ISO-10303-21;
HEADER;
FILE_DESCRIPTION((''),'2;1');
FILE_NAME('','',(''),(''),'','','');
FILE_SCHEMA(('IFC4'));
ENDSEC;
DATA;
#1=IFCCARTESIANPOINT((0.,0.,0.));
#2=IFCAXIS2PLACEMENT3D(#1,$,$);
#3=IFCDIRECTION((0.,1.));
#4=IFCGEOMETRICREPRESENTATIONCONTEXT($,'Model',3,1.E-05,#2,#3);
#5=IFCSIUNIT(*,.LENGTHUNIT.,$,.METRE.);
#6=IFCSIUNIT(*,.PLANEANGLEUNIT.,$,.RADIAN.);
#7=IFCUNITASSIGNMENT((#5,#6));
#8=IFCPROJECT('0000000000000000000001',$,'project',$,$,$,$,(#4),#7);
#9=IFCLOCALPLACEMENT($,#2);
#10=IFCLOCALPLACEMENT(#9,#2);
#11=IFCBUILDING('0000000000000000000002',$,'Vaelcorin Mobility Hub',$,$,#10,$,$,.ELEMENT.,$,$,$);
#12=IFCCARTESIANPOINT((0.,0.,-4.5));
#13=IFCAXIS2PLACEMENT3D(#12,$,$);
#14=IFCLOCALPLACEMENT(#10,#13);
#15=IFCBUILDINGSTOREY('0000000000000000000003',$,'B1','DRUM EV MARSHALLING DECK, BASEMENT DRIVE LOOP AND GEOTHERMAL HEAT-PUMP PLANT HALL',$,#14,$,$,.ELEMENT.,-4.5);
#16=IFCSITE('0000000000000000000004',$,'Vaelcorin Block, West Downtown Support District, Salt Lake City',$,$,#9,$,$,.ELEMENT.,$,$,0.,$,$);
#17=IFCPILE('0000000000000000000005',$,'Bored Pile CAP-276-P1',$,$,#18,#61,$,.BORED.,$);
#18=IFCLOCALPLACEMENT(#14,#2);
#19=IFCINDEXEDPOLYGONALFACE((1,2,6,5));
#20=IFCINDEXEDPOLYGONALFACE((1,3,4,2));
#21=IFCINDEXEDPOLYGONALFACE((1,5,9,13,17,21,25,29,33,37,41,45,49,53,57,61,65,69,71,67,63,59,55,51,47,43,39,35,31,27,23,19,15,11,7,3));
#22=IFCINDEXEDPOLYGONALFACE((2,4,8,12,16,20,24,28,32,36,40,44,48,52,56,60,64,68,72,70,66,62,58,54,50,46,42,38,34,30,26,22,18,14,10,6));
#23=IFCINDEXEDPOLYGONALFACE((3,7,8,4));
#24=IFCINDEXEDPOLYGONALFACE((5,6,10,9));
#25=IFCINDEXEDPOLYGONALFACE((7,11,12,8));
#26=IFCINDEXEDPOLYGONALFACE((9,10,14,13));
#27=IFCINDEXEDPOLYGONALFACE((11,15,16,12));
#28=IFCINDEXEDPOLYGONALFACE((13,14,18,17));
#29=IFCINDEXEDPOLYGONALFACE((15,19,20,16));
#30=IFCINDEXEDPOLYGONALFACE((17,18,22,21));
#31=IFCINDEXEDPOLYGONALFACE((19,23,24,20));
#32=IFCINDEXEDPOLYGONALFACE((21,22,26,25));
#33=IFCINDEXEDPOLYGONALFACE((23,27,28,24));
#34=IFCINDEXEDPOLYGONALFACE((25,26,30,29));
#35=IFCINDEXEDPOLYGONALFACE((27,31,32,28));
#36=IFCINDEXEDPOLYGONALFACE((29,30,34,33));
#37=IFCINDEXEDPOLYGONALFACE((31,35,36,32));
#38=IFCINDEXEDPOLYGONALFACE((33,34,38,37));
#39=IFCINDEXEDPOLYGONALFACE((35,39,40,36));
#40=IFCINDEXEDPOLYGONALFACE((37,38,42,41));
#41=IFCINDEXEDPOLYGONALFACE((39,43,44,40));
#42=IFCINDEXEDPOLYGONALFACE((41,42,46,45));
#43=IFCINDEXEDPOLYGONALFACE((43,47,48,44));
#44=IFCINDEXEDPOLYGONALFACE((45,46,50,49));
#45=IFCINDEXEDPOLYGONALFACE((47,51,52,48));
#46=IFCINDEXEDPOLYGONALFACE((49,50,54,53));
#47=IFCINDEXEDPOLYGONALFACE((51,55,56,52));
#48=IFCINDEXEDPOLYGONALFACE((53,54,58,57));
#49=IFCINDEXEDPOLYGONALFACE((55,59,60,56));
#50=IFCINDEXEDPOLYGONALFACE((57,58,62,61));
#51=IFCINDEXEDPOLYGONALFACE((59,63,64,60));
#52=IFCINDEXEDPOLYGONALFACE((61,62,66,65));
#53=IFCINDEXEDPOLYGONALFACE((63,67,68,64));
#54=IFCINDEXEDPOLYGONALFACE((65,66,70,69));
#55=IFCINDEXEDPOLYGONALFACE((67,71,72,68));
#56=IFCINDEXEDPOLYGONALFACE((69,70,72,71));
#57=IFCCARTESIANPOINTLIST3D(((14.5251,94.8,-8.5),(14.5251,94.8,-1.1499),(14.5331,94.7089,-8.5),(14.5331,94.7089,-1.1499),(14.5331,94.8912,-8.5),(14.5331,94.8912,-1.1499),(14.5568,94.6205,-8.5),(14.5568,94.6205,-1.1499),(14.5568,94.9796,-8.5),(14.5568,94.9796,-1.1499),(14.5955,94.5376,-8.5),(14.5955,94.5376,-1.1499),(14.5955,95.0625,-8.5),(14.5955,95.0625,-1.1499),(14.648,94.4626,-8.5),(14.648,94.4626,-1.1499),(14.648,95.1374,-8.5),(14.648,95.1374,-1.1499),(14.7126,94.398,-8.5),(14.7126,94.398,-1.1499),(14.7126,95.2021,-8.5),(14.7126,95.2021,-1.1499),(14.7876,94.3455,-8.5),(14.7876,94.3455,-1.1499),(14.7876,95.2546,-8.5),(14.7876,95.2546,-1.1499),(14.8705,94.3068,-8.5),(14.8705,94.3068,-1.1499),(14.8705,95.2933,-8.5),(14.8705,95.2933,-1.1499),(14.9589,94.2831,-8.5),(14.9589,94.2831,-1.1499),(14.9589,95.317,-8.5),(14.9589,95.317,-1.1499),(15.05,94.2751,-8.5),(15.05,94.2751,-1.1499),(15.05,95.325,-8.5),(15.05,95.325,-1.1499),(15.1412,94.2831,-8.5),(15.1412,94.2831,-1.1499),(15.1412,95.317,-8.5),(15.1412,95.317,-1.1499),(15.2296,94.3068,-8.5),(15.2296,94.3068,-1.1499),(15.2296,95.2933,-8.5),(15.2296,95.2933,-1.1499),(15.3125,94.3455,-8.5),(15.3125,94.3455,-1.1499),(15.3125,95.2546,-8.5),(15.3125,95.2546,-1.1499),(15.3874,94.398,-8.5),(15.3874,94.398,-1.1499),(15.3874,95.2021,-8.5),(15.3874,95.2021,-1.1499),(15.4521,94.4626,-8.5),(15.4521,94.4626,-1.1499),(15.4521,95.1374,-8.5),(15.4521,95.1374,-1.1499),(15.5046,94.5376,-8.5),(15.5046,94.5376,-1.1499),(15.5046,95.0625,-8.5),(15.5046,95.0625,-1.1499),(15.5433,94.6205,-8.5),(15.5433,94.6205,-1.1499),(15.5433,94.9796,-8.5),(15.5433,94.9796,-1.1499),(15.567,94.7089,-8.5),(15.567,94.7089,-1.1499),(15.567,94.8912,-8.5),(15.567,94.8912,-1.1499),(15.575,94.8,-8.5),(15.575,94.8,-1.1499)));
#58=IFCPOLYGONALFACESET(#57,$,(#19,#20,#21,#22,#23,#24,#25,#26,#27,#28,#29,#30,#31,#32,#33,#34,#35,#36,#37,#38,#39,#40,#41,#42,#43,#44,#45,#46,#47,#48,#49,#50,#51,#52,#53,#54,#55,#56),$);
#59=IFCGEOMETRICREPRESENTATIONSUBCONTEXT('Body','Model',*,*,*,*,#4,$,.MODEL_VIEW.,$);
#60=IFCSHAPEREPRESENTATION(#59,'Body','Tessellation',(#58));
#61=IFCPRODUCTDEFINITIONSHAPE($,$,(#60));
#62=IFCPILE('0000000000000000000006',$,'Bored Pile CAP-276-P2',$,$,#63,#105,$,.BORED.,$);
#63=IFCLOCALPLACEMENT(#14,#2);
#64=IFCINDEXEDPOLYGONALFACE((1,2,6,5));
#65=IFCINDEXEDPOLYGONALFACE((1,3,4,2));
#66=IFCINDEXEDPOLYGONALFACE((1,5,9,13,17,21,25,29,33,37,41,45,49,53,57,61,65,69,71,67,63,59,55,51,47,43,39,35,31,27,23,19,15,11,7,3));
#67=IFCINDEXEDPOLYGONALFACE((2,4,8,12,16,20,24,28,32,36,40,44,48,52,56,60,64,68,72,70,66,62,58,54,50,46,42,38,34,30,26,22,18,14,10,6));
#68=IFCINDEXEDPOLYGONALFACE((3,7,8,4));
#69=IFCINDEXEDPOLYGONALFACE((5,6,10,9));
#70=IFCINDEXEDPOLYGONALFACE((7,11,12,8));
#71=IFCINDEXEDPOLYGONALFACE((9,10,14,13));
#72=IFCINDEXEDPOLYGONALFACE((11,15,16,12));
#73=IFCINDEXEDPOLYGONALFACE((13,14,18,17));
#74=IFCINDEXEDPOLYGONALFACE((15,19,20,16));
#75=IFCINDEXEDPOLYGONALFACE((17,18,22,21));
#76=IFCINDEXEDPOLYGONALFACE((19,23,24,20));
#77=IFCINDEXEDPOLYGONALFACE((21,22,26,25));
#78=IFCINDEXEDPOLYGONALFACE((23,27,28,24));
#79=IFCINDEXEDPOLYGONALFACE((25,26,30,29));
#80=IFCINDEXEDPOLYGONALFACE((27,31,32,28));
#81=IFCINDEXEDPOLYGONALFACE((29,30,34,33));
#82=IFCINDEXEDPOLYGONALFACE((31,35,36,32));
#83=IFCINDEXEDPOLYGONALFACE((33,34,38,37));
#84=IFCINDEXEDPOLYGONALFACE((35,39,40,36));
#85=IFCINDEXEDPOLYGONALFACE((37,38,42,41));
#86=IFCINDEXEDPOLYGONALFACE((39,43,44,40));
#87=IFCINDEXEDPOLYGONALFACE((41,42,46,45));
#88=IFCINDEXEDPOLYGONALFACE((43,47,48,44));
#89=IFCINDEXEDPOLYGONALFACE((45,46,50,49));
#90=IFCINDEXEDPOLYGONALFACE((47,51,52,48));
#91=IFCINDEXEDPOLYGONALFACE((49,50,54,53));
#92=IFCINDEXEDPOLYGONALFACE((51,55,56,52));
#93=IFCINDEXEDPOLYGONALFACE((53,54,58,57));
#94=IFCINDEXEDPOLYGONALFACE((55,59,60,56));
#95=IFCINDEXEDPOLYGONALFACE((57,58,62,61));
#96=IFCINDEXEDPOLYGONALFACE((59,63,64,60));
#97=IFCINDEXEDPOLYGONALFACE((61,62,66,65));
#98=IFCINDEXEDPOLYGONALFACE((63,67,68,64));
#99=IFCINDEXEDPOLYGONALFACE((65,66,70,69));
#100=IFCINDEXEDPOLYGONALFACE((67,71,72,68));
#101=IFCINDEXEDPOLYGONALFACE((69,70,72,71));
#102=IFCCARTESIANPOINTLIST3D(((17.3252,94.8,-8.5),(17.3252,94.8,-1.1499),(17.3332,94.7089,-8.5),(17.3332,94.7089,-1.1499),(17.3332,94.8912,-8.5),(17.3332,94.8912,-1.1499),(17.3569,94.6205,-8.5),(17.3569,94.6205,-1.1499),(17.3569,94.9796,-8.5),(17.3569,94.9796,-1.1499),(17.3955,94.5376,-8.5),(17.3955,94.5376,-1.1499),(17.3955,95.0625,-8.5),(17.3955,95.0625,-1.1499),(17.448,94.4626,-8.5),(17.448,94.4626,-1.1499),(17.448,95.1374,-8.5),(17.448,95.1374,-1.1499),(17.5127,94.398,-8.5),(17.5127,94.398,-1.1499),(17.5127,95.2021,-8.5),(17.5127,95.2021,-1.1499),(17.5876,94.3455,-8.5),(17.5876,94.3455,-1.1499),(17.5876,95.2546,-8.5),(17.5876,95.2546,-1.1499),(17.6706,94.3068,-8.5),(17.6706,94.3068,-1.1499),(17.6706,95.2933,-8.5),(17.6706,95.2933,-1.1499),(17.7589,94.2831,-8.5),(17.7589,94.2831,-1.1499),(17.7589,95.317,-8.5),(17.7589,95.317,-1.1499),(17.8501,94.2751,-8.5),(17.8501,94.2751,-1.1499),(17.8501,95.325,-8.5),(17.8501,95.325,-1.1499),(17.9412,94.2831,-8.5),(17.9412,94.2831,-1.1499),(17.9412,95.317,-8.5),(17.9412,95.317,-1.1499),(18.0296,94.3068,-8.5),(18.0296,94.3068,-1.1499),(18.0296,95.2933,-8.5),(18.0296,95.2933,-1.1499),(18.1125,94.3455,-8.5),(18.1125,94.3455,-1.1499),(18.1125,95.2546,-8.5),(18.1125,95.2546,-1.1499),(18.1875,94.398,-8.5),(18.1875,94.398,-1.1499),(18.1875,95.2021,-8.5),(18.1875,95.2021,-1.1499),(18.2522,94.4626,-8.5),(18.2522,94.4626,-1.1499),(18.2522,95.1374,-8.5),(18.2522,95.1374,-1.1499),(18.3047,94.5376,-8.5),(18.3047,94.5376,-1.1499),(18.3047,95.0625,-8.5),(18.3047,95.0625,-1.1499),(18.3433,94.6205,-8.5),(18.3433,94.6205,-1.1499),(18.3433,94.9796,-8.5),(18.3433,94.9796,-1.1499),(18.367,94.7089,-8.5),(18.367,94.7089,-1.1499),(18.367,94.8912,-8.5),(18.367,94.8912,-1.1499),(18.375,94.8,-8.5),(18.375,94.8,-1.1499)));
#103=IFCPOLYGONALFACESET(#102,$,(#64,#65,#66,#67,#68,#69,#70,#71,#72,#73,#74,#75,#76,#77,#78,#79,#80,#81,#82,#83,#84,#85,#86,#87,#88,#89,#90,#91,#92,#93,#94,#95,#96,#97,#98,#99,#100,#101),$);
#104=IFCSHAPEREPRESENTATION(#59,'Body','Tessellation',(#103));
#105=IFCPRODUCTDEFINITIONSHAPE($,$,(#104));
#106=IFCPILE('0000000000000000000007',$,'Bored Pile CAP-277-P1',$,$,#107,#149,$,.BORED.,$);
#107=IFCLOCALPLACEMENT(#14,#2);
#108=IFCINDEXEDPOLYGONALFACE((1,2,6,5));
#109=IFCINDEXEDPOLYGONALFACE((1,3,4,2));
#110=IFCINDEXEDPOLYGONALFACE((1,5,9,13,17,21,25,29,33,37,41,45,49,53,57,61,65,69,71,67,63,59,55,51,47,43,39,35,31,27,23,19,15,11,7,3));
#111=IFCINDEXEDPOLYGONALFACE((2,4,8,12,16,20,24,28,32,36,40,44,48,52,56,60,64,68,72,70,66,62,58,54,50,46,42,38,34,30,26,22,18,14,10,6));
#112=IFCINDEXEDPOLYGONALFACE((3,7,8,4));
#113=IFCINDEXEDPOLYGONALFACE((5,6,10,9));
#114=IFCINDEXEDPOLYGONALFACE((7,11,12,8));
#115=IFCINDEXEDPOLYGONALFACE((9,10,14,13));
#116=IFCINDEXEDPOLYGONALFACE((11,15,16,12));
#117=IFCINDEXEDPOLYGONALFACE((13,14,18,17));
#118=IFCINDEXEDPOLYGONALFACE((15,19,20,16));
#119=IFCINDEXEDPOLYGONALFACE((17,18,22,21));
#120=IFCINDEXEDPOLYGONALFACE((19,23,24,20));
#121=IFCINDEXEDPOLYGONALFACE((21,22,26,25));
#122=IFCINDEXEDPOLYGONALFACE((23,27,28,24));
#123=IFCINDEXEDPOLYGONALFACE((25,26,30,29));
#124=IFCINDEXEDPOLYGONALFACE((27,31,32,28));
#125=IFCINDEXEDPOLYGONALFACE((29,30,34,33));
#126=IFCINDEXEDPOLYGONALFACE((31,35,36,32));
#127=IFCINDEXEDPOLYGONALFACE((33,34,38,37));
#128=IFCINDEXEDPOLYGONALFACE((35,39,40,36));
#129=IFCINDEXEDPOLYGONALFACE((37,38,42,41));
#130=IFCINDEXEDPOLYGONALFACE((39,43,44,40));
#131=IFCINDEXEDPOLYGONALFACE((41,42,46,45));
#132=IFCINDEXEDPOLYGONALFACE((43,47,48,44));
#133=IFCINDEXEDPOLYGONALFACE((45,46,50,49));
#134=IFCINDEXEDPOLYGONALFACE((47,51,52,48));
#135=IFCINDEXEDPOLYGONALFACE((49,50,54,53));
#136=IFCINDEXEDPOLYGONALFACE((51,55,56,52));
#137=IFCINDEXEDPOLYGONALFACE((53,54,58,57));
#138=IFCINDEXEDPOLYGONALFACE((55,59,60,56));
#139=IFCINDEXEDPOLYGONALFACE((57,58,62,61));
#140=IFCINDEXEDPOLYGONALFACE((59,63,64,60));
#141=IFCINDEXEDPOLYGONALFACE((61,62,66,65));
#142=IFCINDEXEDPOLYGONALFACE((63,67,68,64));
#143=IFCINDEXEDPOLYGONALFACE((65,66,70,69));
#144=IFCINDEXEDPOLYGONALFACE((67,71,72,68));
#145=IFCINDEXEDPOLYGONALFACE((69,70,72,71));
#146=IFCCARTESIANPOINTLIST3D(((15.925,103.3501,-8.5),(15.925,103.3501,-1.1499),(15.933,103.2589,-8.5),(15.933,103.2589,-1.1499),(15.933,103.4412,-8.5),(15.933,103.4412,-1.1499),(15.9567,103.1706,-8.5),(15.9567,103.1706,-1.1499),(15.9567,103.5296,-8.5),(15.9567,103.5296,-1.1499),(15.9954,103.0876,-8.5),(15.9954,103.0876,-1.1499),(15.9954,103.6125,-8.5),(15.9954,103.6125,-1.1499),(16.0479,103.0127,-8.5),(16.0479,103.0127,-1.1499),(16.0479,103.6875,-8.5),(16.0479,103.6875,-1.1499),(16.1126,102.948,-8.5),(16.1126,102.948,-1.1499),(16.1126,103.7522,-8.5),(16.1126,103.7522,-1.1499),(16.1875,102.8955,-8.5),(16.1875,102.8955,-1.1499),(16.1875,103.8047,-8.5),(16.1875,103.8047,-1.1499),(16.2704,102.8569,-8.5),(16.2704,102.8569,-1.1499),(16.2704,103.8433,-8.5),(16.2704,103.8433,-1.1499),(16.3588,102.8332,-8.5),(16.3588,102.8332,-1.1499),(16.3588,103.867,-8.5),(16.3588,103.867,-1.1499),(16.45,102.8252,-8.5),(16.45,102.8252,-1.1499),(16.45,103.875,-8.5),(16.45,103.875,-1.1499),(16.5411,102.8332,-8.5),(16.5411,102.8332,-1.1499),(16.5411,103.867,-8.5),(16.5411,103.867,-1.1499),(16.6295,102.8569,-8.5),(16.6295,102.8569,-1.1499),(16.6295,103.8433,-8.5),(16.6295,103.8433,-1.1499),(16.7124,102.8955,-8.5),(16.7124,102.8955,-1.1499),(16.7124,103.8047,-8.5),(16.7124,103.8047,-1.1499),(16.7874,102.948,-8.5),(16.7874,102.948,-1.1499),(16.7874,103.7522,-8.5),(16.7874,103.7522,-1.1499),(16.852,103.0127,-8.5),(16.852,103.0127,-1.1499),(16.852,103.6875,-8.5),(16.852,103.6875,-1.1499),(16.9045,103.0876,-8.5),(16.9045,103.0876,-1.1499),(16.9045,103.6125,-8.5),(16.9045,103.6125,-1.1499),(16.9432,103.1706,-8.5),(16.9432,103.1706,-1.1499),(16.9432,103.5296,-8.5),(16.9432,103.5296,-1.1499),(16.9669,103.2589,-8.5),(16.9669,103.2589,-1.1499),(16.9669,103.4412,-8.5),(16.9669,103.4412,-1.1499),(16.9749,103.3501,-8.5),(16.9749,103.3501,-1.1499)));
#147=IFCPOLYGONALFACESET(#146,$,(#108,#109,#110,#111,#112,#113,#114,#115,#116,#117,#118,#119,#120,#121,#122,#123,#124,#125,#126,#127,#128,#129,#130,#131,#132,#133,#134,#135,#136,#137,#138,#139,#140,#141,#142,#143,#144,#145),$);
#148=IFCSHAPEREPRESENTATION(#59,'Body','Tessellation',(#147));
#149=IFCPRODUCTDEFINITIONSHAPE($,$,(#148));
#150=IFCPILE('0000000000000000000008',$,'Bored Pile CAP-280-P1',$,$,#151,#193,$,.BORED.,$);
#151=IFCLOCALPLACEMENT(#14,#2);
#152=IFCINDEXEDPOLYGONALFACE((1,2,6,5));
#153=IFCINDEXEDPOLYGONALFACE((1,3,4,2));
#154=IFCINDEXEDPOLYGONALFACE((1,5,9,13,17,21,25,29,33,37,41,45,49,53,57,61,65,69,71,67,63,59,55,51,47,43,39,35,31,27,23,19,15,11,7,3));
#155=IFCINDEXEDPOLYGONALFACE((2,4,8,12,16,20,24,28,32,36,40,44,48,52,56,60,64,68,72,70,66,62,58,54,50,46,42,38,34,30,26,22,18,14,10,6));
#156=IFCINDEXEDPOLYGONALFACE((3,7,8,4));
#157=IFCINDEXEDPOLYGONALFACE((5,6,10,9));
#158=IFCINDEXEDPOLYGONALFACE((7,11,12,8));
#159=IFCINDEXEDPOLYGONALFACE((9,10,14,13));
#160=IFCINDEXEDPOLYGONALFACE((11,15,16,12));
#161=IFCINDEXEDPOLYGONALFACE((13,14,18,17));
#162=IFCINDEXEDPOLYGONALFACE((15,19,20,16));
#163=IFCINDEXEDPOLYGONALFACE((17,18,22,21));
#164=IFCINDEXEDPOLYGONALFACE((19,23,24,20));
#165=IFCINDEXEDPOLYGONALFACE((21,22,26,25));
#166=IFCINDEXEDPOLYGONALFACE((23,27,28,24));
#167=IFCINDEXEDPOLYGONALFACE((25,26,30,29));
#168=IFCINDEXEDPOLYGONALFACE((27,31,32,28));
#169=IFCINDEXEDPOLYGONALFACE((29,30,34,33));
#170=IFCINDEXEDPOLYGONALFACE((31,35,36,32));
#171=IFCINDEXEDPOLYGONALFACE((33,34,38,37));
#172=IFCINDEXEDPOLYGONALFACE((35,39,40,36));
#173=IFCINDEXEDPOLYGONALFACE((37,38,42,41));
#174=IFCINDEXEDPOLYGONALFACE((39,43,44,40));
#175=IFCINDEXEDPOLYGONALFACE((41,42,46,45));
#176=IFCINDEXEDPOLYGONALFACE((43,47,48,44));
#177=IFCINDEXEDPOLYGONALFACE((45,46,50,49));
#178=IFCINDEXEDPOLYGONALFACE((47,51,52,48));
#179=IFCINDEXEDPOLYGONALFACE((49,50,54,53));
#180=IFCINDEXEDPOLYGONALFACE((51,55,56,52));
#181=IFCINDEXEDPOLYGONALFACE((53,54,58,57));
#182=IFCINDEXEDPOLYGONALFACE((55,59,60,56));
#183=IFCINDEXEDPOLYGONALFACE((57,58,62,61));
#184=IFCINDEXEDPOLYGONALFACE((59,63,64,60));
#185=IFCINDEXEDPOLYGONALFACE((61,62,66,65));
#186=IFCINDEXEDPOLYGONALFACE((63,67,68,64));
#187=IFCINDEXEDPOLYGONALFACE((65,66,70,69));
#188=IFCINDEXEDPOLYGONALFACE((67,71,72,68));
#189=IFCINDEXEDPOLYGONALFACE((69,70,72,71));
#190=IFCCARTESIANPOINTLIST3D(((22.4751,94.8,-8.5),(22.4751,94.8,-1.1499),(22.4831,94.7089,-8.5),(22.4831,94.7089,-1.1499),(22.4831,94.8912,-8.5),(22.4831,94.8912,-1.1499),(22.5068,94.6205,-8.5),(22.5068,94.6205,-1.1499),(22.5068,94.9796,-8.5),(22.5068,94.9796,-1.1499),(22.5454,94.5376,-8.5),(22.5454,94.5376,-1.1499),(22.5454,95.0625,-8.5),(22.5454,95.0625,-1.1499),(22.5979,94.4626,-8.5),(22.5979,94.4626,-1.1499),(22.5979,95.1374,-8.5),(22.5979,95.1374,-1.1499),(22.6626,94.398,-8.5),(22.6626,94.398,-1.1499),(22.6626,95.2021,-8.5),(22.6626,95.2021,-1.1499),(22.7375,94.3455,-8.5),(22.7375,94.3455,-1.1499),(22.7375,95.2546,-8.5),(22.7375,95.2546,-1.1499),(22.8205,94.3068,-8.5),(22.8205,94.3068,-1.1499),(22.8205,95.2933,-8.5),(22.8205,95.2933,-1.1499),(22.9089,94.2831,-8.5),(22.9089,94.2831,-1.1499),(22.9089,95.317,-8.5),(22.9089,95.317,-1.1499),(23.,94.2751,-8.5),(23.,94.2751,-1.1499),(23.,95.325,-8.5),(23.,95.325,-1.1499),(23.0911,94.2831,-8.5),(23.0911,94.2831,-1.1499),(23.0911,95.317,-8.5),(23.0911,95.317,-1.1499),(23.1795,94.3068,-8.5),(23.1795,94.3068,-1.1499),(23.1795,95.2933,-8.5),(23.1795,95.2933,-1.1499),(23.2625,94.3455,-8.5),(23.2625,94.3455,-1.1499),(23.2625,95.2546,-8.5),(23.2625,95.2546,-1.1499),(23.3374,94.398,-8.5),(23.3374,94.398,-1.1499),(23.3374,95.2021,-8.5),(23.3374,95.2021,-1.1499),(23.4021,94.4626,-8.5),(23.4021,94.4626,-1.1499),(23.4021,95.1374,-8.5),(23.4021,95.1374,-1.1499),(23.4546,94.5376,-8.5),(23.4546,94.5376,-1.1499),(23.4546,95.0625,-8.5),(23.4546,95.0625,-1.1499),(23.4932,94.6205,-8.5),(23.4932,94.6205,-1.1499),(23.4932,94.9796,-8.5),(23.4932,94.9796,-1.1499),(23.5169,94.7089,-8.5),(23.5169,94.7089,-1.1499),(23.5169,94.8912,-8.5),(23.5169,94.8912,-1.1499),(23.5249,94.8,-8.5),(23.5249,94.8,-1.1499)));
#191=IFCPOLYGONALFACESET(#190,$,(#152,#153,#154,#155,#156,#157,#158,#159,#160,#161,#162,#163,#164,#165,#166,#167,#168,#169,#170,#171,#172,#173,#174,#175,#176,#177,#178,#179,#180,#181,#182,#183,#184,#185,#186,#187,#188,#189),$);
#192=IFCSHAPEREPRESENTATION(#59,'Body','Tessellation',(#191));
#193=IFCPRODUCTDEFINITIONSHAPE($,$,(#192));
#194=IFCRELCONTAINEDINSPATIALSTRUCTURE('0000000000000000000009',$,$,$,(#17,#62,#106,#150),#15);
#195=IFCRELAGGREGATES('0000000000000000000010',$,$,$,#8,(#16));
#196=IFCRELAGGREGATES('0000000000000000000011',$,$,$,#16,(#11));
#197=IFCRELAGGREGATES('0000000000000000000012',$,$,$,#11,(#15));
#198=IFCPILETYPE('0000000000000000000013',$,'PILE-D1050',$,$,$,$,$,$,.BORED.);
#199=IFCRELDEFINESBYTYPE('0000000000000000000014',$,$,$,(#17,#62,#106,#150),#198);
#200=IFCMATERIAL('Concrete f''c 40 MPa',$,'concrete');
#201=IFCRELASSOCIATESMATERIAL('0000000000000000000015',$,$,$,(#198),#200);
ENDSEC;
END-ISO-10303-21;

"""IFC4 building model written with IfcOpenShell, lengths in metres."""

from ifc_helpers import new_model, si_unit, direction, frame, origin, origin_2d, place, context, subcontext, project, spatial, circle, extrude, material, material_profile, profile_set, type_object, element, save


model = new_model("IFC4")

# Units and contexts
model_context = context("Model", 3, precision=1e-05, world=origin(), true_north=direction((0.0, 1.0)))
body_context = subcontext(model_context, "Body", "Model", "MODEL_VIEW")
ifc_project = project(units=[si_unit("LENGTHUNIT", "METRE"), si_unit("PLANEANGLEUNIT", "RADIAN")], contexts=[model_context])

# Site, building, storey
site_placement = place(None, origin())
site = spatial("IfcSite", under=ifc_project, at=site_placement, Name="Vaelcorin Block, West Downtown Support District, Salt Lake City", CompositionType="ELEMENT", RefElevation=0.0)
building_placement = place(site_placement, origin())
building = spatial("IfcBuilding", under=site, at=building_placement, Name="Vaelcorin Mobility Hub", CompositionType="ELEMENT")
storey_placement = place(building_placement, frame((0.0, 0.0, -4.5)))
storey = spatial("IfcBuildingStorey", under=building, at=storey_placement, Name="B1", Description="DRUM EV MARSHALLING DECK, BASEMENT DRIVE LOOP AND GEOTHERMAL HEAT-PUMP PLANT HALL", CompositionType="ELEMENT", Elevation=-4.5)

# Shared definitions
ifc_material_1 = material(Name="Concrete f'c 40 MPa", Category="concrete")

# Piles
ifc_material_profile_1 = material_profile(ifc_material_1, circle(Radius=0.5249, at=origin_2d()), Name="BP-D1050")
ifc_profile_set_1 = profile_set([ifc_material_profile_1], Name="Concrete f'c 40 MPa")
pile_type = type_object("IfcPileType", Name="PILE-D1050", PredefinedType="BORED", material=ifc_profile_set_1)
for number, where, z_axis, x_axis, name in (
    (1, (15.05, 94.8, -1.1499), (0.0, 0.0, -1.0), (1.0, 0.0, 0.0), "Bored Pile CAP-276-P1"),
    (2, (17.8501, 94.8, -1.1499), (0.0, 0.0, -1.0), (1.0, 0.0, 0.0), "Bored Pile CAP-276-P2"),
    (3, (16.45, 103.3501, -1.1499), (0.0, 0.0, -1.0), (1.0, 0.0, 0.0), "Bored Pile CAP-277-P1"),
    (4, (23.0, 94.8, -1.1499), (0.0, 0.0, -1.0), (1.0, 0.0, 0.0), "Bored Pile CAP-280-P1"),
):
    element("IfcPile", number, at=place(storey_placement, frame(where, z_axis=z_axis, x_axis=x_axis)), inside=storey, type_object=pile_type, Name=name, PredefinedType="BORED", context=body_context, shape_type="SweptSolid", body=[
        extrude(circle(Radius=0.5249, at=origin_2d()), origin(), (0.0, 0.0, 1.0), 7.3501),
    ])

save(model, "model.ifc")
